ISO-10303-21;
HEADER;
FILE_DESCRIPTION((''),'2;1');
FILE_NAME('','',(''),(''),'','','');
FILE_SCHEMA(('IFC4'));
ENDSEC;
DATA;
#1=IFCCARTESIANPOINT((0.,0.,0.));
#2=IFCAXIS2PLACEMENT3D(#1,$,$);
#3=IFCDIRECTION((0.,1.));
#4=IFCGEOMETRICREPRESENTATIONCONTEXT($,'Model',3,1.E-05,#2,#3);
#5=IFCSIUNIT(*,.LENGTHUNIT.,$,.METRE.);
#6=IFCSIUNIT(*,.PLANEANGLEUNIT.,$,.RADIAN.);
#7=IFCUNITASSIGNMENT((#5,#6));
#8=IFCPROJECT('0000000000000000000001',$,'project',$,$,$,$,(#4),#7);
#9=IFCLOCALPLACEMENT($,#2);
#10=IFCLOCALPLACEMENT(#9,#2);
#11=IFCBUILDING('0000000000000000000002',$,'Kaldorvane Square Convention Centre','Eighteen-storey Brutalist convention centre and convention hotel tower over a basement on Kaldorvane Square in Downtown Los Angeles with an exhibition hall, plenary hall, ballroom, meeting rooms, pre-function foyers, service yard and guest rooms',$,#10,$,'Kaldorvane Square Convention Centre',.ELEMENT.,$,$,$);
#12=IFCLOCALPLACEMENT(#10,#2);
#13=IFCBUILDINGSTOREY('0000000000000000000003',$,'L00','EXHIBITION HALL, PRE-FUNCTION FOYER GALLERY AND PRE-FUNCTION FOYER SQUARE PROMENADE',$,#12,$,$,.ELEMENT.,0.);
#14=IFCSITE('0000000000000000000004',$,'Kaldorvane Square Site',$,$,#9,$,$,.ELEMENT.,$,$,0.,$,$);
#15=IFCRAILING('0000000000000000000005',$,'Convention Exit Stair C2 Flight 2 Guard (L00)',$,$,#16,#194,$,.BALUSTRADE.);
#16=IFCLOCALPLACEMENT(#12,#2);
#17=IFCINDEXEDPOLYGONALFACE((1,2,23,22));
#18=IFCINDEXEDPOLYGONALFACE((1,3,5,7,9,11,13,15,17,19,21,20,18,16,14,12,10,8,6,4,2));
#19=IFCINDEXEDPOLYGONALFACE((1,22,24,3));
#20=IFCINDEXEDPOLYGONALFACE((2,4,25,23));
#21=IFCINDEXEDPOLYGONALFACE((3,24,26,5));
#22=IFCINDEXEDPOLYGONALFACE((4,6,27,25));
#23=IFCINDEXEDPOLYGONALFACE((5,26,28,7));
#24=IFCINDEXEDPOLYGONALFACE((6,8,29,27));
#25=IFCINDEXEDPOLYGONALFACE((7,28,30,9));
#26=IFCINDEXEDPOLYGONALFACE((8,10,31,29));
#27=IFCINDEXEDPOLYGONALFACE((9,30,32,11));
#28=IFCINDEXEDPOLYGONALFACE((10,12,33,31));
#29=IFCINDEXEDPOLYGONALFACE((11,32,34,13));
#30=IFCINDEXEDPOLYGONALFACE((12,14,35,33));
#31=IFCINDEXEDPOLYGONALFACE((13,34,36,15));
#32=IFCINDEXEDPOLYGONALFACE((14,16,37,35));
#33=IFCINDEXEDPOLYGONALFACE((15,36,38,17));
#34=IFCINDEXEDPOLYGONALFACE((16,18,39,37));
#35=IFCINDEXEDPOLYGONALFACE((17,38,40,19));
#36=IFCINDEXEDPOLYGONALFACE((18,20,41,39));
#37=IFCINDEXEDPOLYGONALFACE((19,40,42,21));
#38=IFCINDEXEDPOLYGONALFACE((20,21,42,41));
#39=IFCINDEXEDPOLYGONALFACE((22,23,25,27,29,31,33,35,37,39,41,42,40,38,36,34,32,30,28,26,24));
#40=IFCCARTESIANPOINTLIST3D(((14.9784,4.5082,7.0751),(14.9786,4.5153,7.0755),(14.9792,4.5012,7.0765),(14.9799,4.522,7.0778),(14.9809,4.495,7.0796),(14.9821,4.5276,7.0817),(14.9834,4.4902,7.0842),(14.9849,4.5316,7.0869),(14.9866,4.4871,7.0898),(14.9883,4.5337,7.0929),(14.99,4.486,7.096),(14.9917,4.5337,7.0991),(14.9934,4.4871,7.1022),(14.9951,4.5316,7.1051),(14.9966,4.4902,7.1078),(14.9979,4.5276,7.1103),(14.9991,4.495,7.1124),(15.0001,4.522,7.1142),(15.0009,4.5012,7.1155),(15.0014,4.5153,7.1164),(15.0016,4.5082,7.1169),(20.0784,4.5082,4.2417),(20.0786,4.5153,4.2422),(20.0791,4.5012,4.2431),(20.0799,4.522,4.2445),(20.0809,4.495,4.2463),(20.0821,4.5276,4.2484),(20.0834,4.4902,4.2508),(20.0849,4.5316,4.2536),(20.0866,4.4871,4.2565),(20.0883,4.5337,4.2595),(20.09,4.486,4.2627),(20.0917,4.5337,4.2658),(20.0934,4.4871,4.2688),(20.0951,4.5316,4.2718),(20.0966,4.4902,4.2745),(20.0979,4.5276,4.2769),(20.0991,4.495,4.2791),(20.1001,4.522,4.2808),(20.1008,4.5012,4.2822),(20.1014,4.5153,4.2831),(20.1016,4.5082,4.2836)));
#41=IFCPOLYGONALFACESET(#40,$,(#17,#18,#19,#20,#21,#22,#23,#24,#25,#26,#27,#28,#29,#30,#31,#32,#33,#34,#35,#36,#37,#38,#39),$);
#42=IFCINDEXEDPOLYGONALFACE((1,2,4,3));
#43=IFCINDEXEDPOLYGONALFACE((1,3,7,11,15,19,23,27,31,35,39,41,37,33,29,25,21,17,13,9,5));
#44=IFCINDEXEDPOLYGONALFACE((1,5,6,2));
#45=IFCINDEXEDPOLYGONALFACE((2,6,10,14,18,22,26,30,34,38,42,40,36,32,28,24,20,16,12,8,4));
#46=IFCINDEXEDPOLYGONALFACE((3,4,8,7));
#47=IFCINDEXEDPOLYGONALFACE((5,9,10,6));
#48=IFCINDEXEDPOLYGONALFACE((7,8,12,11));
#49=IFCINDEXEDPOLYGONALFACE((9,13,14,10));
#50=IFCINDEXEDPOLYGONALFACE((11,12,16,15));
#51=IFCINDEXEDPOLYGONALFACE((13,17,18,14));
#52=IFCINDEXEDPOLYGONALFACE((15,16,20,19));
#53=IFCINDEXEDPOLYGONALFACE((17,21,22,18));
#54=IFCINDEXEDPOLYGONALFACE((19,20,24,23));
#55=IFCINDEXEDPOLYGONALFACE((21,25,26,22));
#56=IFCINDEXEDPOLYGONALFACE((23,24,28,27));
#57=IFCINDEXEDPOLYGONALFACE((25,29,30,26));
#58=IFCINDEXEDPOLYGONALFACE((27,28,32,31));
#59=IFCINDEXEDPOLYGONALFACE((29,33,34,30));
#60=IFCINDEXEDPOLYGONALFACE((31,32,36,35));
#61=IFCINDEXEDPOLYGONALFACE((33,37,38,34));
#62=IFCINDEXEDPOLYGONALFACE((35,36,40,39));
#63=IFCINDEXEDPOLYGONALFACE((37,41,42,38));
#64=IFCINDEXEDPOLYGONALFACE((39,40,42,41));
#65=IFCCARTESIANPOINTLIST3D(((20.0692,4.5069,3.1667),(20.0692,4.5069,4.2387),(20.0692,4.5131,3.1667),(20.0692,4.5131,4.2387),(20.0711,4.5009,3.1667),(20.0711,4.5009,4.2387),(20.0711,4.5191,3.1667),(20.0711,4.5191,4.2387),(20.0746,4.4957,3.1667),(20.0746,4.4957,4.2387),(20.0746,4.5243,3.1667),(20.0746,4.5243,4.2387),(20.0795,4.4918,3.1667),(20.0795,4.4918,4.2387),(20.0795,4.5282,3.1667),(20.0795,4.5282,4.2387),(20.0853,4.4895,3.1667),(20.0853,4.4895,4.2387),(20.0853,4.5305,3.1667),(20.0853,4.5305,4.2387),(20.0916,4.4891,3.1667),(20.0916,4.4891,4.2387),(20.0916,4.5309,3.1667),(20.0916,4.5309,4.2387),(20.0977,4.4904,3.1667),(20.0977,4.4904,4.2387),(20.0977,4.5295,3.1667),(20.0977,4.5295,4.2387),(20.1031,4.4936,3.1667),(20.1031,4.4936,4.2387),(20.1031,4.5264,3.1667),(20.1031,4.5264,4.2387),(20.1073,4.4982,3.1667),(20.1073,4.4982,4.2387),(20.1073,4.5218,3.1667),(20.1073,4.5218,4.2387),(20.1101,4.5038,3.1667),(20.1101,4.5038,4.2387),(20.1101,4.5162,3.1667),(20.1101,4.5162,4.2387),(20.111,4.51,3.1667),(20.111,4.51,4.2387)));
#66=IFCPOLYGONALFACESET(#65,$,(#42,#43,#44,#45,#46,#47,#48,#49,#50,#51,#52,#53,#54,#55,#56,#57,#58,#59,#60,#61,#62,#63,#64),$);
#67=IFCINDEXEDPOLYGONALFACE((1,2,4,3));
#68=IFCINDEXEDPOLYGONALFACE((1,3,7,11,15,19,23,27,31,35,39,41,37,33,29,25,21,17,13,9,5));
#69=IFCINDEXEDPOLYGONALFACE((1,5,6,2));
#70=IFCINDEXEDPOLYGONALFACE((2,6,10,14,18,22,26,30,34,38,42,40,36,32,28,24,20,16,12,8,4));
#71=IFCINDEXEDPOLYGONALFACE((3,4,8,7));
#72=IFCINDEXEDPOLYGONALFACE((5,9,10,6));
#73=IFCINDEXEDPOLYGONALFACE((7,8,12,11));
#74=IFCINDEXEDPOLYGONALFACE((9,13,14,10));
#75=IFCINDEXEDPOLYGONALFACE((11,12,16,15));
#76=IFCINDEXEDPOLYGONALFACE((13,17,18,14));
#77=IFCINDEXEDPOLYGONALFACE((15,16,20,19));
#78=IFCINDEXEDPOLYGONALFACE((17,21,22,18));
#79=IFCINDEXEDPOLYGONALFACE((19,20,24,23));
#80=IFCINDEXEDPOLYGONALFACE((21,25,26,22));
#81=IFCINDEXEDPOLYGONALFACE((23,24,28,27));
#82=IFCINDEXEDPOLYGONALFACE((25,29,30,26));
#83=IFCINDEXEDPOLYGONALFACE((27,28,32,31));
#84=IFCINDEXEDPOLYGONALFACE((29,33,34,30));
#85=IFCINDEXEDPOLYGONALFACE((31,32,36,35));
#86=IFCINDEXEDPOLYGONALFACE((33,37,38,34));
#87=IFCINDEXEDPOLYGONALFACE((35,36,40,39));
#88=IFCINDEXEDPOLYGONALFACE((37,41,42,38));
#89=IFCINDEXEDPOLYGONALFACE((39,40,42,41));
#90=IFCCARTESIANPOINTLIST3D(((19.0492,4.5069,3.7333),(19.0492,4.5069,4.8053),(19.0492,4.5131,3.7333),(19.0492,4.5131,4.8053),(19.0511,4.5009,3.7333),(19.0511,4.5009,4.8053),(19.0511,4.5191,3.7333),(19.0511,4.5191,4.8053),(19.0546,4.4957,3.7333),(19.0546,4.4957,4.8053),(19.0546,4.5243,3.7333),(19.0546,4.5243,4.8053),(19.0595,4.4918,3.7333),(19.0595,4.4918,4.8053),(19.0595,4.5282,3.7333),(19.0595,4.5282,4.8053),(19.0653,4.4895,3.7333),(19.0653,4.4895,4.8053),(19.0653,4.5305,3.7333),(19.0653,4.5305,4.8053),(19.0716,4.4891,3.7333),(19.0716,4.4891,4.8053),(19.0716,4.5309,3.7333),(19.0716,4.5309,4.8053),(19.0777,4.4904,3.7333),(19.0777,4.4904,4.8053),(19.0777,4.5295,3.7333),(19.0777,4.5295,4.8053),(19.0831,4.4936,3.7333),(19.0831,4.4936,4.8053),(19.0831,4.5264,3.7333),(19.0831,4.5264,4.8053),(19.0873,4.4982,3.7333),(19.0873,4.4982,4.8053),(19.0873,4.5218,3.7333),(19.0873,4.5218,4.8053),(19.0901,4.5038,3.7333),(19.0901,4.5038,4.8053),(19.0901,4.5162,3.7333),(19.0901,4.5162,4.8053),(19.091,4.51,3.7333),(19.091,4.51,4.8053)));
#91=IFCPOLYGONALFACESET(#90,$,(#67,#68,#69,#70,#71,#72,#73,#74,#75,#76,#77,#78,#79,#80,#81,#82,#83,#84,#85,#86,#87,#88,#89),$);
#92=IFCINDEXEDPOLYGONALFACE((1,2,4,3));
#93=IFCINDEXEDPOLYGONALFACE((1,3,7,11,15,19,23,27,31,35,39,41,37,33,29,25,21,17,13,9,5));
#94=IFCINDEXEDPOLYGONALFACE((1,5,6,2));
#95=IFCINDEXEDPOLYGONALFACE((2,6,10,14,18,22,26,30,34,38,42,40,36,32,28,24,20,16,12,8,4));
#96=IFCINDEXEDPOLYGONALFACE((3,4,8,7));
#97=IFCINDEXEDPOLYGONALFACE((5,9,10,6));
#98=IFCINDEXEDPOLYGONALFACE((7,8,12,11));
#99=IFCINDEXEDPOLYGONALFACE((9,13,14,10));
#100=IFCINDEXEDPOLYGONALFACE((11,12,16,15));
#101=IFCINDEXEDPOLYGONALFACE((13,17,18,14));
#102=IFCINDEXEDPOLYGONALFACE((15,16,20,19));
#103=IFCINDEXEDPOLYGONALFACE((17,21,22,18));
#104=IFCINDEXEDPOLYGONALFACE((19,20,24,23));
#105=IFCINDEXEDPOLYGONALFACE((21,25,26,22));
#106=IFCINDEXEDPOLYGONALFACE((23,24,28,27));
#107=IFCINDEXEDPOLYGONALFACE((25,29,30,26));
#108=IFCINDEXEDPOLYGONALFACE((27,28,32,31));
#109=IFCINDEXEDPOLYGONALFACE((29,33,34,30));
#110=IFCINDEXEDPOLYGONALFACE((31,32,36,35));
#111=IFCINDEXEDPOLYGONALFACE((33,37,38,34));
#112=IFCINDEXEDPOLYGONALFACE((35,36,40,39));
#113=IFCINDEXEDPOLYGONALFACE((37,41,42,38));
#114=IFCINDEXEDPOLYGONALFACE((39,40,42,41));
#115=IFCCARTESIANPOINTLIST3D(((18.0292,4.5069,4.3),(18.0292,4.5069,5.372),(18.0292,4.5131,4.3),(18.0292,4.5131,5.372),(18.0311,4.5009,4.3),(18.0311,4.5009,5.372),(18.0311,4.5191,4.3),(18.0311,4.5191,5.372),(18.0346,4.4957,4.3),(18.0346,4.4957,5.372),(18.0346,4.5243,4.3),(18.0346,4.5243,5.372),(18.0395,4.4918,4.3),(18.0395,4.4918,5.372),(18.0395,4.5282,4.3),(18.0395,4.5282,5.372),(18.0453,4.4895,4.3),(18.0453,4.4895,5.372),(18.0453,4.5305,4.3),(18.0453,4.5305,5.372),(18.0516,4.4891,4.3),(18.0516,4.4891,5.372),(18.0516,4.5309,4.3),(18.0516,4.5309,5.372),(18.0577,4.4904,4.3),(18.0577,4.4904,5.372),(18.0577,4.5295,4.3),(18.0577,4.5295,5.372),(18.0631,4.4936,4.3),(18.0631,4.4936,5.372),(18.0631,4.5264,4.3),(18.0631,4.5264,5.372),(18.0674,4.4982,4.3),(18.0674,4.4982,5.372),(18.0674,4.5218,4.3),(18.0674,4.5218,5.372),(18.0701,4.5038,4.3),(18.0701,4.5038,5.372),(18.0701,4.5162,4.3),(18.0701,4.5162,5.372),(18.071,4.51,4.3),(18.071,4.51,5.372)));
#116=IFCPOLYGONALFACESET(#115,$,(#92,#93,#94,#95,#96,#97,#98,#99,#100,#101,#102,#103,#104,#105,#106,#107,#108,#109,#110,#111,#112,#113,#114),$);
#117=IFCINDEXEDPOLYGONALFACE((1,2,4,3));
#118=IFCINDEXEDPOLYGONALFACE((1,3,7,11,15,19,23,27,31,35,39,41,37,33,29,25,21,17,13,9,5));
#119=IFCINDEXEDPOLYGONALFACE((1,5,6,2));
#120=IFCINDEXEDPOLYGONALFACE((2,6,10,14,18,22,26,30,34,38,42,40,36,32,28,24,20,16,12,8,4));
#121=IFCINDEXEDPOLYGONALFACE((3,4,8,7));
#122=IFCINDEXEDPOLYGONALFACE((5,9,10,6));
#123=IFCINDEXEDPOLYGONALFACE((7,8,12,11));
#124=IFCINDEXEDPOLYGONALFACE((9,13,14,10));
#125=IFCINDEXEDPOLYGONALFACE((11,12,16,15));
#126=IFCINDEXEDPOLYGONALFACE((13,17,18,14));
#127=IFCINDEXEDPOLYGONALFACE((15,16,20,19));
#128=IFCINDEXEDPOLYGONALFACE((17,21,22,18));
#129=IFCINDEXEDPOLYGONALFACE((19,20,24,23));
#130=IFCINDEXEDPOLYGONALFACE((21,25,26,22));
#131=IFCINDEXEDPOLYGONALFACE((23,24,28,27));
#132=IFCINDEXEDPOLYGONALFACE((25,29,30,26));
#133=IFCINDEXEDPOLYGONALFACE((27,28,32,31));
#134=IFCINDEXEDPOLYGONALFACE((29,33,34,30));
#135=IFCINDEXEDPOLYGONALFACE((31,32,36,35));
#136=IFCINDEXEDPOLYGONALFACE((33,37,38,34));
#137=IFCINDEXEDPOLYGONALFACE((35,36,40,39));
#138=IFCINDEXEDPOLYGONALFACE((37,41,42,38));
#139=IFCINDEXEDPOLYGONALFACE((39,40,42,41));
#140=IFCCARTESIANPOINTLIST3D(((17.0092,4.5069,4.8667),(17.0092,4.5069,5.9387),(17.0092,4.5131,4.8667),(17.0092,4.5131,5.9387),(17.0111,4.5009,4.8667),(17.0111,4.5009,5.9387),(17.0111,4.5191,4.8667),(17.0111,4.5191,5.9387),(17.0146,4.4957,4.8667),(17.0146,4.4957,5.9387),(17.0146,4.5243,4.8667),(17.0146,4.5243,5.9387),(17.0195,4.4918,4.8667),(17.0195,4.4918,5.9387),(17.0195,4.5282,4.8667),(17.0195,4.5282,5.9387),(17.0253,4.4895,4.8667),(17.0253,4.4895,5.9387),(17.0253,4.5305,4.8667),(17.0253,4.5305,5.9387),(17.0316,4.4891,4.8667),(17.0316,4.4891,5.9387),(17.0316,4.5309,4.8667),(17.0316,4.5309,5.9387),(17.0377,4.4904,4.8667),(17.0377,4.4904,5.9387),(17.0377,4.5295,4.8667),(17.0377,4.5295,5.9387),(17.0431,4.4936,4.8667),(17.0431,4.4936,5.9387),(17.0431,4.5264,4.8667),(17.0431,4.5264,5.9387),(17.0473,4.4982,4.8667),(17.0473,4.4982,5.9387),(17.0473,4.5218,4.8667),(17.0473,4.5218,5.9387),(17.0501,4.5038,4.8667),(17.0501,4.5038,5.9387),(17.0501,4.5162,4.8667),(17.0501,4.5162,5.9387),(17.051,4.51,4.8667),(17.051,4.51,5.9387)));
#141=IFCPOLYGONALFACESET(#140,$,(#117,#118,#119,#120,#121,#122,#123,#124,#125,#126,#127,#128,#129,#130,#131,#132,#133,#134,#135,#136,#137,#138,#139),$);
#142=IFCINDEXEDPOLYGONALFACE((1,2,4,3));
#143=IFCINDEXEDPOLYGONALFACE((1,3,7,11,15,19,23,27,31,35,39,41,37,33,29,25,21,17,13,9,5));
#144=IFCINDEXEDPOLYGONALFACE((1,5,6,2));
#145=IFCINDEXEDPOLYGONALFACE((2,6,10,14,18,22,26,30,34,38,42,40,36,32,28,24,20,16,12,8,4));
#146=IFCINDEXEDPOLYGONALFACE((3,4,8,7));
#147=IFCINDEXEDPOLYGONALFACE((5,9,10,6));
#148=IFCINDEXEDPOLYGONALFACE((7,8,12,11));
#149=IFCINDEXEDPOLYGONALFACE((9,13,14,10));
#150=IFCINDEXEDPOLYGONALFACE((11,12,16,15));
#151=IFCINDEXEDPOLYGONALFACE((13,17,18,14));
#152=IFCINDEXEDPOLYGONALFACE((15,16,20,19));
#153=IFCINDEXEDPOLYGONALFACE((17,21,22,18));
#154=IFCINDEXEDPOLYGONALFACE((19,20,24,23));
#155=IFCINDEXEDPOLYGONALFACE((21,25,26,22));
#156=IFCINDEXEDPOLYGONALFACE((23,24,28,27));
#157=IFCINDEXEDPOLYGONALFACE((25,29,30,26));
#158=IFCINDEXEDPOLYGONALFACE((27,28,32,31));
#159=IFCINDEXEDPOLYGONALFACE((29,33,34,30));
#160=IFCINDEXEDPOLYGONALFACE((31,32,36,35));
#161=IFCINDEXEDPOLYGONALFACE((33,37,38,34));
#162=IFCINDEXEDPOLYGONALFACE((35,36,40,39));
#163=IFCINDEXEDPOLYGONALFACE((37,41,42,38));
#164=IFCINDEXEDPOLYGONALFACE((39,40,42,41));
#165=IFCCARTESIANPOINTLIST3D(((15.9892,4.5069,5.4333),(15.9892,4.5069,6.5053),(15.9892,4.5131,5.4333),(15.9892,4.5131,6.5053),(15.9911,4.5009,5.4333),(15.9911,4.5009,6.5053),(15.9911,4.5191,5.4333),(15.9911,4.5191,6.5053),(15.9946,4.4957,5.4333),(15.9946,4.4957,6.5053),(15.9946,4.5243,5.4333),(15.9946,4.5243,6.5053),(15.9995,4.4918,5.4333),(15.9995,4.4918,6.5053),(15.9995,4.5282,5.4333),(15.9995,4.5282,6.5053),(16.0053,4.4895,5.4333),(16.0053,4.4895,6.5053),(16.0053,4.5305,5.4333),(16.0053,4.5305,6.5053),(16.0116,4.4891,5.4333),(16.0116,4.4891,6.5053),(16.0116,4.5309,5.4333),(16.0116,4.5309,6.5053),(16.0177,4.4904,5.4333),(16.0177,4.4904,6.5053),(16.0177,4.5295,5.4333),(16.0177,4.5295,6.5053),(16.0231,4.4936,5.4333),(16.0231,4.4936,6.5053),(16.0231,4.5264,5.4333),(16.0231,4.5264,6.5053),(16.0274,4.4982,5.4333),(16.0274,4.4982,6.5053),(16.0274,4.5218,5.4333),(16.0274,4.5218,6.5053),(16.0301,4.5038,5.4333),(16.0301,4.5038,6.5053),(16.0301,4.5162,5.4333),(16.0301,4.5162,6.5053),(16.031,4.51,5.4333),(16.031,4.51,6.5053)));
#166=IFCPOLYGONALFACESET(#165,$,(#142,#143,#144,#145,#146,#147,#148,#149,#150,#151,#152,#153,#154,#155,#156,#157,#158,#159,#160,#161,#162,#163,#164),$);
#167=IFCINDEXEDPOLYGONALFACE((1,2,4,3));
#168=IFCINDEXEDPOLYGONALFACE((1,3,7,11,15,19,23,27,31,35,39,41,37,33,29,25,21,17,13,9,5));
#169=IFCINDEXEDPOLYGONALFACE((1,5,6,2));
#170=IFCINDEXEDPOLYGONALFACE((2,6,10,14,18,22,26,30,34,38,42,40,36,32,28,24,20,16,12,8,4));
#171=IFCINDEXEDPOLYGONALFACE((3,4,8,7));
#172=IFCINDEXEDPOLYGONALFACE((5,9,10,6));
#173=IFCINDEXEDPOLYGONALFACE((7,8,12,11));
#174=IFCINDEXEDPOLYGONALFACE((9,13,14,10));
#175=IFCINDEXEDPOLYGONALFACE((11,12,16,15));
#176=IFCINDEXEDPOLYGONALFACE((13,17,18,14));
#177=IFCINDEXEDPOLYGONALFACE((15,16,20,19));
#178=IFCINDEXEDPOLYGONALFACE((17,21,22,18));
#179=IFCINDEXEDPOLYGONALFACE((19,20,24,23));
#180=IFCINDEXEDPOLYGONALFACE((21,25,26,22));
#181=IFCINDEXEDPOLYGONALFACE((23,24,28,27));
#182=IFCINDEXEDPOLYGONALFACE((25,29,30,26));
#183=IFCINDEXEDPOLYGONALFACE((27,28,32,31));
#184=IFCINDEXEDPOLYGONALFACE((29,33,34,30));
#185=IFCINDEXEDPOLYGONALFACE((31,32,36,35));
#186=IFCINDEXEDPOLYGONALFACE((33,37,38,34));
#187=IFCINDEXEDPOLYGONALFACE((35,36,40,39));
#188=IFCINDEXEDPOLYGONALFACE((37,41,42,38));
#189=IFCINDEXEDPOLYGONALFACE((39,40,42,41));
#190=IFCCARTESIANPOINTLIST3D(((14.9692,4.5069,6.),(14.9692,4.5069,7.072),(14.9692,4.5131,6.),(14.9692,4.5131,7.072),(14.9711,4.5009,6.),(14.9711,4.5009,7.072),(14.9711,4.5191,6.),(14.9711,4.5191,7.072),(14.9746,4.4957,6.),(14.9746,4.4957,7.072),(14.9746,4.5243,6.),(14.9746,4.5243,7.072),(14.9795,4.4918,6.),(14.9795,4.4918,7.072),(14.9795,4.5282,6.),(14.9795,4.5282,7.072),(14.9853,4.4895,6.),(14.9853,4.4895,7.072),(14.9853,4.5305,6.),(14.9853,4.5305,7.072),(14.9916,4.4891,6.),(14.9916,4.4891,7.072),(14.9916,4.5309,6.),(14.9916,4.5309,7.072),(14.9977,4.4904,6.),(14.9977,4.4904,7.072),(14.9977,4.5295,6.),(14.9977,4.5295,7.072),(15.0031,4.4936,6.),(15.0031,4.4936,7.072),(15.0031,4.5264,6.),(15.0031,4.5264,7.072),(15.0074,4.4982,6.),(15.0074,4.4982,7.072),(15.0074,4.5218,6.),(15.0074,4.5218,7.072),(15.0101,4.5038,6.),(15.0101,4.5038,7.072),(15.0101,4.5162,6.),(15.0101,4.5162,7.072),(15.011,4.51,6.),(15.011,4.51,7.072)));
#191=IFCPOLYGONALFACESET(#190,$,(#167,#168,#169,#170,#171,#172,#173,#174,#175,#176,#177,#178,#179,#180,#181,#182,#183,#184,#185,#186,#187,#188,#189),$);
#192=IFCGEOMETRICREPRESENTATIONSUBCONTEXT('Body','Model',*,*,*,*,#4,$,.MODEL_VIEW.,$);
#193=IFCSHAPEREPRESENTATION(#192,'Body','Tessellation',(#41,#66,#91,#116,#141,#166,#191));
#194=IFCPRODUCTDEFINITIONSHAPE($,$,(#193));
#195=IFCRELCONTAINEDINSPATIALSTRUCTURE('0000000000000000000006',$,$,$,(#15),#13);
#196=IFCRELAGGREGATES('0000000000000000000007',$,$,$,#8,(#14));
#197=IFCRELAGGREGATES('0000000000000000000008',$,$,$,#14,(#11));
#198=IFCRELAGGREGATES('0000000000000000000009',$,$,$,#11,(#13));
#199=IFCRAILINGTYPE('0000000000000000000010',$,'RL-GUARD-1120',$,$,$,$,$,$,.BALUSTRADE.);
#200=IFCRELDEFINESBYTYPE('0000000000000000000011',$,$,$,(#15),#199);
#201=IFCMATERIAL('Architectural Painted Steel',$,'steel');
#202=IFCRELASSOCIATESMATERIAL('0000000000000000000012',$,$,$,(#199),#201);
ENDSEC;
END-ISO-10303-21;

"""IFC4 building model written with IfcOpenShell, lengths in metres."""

from ifc_helpers import new_model, si_unit, direction, frame, origin, origin_2d, place, context, subcontext, project, spatial, circle, extrude, material, type_object, element, save


model = new_model("IFC4")

# Units and contexts
model_context = context("Model", 3, precision=1e-05, world=origin(), true_north=direction((0.0, 1.0)))
body_context = subcontext(model_context, "Body", "Model", "MODEL_VIEW")
ifc_project = project(units=[si_unit("LENGTHUNIT", "METRE"), si_unit("PLANEANGLEUNIT", "RADIAN")], contexts=[model_context])

# Site, building, storey
site_placement = place(None, origin())
site = spatial("IfcSite", under=ifc_project, at=site_placement, Name="Kaldorvane Square Site", CompositionType="ELEMENT", RefElevation=0.0)
building_placement = place(site_placement, origin())
building = spatial("IfcBuilding", under=site, at=building_placement, Name="Kaldorvane Square Convention Centre", Description="Eighteen-storey Brutalist convention centre and convention hotel tower over a basement on Kaldorvane Square in Downtown Los Angeles with an exhibition hall, plenary hall, ballroom, meeting rooms, pre-function foyers, service yard and guest rooms", LongName="Kaldorvane Square Convention Centre", CompositionType="ELEMENT")
storey_placement = place(building_placement, origin())
storey = spatial("IfcBuildingStorey", under=building, at=storey_placement, Name="L00", Description="EXHIBITION HALL, PRE-FUNCTION FOYER GALLERY AND PRE-FUNCTION FOYER SQUARE PROMENADE", CompositionType="ELEMENT", Elevation=0.0)

# Railing
ifc_material_1 = material(Name="Architectural Painted Steel", Category="steel")
railing_type_1 = type_object("IfcRailingType", Name="RL-GUARD-1120", PredefinedType="BALUSTRADE", material=ifc_material_1)
railing_1_placement = place(storey_placement, frame((20.09, 4.51, 3.1667)))
element("IfcRailing", 1, at=railing_1_placement, inside=storey, type_object=railing_type_1, Name="Convention Exit Stair C2 Flight 2 Guard (L00)", PredefinedType="BALUSTRADE", context=body_context, shape_type="SweptSolid", body=[
    extrude(circle(Radius=0.024, at=origin_2d()), frame((0.0, 0.0, 1.096), z_axis=(-0.874157, 0.0, 0.485643), x_axis=(0.0, -1.0, 0.0)), (0.0, 0.0, 1.0), 5.8342),
    extrude(circle(Radius=0.021, at=origin_2d()), origin(), (0.0, 0.0, 1.0), 1.072),
    extrude(circle(Radius=0.021, at=origin_2d()), frame((-1.02, 0.0, 0.5667)), (0.0, 0.0, 1.0), 1.072),
    extrude(circle(Radius=0.021, at=origin_2d()), frame((-2.04, 0.0, 1.1333)), (0.0, 0.0, 1.0), 1.072),
    extrude(circle(Radius=0.021, at=origin_2d()), frame((-3.06, 0.0, 1.7)), (0.0, 0.0, 1.0), 1.072),
    extrude(circle(Radius=0.021, at=origin_2d()), frame((-4.08, 0.0, 2.2667)), (0.0, 0.0, 1.0), 1.072),
    extrude(circle(Radius=0.021, at=origin_2d()), frame((-5.1, 0.0, 2.8333)), (0.0, 0.0, 1.0), 1.072),
])

save(model, "model.ifc")
